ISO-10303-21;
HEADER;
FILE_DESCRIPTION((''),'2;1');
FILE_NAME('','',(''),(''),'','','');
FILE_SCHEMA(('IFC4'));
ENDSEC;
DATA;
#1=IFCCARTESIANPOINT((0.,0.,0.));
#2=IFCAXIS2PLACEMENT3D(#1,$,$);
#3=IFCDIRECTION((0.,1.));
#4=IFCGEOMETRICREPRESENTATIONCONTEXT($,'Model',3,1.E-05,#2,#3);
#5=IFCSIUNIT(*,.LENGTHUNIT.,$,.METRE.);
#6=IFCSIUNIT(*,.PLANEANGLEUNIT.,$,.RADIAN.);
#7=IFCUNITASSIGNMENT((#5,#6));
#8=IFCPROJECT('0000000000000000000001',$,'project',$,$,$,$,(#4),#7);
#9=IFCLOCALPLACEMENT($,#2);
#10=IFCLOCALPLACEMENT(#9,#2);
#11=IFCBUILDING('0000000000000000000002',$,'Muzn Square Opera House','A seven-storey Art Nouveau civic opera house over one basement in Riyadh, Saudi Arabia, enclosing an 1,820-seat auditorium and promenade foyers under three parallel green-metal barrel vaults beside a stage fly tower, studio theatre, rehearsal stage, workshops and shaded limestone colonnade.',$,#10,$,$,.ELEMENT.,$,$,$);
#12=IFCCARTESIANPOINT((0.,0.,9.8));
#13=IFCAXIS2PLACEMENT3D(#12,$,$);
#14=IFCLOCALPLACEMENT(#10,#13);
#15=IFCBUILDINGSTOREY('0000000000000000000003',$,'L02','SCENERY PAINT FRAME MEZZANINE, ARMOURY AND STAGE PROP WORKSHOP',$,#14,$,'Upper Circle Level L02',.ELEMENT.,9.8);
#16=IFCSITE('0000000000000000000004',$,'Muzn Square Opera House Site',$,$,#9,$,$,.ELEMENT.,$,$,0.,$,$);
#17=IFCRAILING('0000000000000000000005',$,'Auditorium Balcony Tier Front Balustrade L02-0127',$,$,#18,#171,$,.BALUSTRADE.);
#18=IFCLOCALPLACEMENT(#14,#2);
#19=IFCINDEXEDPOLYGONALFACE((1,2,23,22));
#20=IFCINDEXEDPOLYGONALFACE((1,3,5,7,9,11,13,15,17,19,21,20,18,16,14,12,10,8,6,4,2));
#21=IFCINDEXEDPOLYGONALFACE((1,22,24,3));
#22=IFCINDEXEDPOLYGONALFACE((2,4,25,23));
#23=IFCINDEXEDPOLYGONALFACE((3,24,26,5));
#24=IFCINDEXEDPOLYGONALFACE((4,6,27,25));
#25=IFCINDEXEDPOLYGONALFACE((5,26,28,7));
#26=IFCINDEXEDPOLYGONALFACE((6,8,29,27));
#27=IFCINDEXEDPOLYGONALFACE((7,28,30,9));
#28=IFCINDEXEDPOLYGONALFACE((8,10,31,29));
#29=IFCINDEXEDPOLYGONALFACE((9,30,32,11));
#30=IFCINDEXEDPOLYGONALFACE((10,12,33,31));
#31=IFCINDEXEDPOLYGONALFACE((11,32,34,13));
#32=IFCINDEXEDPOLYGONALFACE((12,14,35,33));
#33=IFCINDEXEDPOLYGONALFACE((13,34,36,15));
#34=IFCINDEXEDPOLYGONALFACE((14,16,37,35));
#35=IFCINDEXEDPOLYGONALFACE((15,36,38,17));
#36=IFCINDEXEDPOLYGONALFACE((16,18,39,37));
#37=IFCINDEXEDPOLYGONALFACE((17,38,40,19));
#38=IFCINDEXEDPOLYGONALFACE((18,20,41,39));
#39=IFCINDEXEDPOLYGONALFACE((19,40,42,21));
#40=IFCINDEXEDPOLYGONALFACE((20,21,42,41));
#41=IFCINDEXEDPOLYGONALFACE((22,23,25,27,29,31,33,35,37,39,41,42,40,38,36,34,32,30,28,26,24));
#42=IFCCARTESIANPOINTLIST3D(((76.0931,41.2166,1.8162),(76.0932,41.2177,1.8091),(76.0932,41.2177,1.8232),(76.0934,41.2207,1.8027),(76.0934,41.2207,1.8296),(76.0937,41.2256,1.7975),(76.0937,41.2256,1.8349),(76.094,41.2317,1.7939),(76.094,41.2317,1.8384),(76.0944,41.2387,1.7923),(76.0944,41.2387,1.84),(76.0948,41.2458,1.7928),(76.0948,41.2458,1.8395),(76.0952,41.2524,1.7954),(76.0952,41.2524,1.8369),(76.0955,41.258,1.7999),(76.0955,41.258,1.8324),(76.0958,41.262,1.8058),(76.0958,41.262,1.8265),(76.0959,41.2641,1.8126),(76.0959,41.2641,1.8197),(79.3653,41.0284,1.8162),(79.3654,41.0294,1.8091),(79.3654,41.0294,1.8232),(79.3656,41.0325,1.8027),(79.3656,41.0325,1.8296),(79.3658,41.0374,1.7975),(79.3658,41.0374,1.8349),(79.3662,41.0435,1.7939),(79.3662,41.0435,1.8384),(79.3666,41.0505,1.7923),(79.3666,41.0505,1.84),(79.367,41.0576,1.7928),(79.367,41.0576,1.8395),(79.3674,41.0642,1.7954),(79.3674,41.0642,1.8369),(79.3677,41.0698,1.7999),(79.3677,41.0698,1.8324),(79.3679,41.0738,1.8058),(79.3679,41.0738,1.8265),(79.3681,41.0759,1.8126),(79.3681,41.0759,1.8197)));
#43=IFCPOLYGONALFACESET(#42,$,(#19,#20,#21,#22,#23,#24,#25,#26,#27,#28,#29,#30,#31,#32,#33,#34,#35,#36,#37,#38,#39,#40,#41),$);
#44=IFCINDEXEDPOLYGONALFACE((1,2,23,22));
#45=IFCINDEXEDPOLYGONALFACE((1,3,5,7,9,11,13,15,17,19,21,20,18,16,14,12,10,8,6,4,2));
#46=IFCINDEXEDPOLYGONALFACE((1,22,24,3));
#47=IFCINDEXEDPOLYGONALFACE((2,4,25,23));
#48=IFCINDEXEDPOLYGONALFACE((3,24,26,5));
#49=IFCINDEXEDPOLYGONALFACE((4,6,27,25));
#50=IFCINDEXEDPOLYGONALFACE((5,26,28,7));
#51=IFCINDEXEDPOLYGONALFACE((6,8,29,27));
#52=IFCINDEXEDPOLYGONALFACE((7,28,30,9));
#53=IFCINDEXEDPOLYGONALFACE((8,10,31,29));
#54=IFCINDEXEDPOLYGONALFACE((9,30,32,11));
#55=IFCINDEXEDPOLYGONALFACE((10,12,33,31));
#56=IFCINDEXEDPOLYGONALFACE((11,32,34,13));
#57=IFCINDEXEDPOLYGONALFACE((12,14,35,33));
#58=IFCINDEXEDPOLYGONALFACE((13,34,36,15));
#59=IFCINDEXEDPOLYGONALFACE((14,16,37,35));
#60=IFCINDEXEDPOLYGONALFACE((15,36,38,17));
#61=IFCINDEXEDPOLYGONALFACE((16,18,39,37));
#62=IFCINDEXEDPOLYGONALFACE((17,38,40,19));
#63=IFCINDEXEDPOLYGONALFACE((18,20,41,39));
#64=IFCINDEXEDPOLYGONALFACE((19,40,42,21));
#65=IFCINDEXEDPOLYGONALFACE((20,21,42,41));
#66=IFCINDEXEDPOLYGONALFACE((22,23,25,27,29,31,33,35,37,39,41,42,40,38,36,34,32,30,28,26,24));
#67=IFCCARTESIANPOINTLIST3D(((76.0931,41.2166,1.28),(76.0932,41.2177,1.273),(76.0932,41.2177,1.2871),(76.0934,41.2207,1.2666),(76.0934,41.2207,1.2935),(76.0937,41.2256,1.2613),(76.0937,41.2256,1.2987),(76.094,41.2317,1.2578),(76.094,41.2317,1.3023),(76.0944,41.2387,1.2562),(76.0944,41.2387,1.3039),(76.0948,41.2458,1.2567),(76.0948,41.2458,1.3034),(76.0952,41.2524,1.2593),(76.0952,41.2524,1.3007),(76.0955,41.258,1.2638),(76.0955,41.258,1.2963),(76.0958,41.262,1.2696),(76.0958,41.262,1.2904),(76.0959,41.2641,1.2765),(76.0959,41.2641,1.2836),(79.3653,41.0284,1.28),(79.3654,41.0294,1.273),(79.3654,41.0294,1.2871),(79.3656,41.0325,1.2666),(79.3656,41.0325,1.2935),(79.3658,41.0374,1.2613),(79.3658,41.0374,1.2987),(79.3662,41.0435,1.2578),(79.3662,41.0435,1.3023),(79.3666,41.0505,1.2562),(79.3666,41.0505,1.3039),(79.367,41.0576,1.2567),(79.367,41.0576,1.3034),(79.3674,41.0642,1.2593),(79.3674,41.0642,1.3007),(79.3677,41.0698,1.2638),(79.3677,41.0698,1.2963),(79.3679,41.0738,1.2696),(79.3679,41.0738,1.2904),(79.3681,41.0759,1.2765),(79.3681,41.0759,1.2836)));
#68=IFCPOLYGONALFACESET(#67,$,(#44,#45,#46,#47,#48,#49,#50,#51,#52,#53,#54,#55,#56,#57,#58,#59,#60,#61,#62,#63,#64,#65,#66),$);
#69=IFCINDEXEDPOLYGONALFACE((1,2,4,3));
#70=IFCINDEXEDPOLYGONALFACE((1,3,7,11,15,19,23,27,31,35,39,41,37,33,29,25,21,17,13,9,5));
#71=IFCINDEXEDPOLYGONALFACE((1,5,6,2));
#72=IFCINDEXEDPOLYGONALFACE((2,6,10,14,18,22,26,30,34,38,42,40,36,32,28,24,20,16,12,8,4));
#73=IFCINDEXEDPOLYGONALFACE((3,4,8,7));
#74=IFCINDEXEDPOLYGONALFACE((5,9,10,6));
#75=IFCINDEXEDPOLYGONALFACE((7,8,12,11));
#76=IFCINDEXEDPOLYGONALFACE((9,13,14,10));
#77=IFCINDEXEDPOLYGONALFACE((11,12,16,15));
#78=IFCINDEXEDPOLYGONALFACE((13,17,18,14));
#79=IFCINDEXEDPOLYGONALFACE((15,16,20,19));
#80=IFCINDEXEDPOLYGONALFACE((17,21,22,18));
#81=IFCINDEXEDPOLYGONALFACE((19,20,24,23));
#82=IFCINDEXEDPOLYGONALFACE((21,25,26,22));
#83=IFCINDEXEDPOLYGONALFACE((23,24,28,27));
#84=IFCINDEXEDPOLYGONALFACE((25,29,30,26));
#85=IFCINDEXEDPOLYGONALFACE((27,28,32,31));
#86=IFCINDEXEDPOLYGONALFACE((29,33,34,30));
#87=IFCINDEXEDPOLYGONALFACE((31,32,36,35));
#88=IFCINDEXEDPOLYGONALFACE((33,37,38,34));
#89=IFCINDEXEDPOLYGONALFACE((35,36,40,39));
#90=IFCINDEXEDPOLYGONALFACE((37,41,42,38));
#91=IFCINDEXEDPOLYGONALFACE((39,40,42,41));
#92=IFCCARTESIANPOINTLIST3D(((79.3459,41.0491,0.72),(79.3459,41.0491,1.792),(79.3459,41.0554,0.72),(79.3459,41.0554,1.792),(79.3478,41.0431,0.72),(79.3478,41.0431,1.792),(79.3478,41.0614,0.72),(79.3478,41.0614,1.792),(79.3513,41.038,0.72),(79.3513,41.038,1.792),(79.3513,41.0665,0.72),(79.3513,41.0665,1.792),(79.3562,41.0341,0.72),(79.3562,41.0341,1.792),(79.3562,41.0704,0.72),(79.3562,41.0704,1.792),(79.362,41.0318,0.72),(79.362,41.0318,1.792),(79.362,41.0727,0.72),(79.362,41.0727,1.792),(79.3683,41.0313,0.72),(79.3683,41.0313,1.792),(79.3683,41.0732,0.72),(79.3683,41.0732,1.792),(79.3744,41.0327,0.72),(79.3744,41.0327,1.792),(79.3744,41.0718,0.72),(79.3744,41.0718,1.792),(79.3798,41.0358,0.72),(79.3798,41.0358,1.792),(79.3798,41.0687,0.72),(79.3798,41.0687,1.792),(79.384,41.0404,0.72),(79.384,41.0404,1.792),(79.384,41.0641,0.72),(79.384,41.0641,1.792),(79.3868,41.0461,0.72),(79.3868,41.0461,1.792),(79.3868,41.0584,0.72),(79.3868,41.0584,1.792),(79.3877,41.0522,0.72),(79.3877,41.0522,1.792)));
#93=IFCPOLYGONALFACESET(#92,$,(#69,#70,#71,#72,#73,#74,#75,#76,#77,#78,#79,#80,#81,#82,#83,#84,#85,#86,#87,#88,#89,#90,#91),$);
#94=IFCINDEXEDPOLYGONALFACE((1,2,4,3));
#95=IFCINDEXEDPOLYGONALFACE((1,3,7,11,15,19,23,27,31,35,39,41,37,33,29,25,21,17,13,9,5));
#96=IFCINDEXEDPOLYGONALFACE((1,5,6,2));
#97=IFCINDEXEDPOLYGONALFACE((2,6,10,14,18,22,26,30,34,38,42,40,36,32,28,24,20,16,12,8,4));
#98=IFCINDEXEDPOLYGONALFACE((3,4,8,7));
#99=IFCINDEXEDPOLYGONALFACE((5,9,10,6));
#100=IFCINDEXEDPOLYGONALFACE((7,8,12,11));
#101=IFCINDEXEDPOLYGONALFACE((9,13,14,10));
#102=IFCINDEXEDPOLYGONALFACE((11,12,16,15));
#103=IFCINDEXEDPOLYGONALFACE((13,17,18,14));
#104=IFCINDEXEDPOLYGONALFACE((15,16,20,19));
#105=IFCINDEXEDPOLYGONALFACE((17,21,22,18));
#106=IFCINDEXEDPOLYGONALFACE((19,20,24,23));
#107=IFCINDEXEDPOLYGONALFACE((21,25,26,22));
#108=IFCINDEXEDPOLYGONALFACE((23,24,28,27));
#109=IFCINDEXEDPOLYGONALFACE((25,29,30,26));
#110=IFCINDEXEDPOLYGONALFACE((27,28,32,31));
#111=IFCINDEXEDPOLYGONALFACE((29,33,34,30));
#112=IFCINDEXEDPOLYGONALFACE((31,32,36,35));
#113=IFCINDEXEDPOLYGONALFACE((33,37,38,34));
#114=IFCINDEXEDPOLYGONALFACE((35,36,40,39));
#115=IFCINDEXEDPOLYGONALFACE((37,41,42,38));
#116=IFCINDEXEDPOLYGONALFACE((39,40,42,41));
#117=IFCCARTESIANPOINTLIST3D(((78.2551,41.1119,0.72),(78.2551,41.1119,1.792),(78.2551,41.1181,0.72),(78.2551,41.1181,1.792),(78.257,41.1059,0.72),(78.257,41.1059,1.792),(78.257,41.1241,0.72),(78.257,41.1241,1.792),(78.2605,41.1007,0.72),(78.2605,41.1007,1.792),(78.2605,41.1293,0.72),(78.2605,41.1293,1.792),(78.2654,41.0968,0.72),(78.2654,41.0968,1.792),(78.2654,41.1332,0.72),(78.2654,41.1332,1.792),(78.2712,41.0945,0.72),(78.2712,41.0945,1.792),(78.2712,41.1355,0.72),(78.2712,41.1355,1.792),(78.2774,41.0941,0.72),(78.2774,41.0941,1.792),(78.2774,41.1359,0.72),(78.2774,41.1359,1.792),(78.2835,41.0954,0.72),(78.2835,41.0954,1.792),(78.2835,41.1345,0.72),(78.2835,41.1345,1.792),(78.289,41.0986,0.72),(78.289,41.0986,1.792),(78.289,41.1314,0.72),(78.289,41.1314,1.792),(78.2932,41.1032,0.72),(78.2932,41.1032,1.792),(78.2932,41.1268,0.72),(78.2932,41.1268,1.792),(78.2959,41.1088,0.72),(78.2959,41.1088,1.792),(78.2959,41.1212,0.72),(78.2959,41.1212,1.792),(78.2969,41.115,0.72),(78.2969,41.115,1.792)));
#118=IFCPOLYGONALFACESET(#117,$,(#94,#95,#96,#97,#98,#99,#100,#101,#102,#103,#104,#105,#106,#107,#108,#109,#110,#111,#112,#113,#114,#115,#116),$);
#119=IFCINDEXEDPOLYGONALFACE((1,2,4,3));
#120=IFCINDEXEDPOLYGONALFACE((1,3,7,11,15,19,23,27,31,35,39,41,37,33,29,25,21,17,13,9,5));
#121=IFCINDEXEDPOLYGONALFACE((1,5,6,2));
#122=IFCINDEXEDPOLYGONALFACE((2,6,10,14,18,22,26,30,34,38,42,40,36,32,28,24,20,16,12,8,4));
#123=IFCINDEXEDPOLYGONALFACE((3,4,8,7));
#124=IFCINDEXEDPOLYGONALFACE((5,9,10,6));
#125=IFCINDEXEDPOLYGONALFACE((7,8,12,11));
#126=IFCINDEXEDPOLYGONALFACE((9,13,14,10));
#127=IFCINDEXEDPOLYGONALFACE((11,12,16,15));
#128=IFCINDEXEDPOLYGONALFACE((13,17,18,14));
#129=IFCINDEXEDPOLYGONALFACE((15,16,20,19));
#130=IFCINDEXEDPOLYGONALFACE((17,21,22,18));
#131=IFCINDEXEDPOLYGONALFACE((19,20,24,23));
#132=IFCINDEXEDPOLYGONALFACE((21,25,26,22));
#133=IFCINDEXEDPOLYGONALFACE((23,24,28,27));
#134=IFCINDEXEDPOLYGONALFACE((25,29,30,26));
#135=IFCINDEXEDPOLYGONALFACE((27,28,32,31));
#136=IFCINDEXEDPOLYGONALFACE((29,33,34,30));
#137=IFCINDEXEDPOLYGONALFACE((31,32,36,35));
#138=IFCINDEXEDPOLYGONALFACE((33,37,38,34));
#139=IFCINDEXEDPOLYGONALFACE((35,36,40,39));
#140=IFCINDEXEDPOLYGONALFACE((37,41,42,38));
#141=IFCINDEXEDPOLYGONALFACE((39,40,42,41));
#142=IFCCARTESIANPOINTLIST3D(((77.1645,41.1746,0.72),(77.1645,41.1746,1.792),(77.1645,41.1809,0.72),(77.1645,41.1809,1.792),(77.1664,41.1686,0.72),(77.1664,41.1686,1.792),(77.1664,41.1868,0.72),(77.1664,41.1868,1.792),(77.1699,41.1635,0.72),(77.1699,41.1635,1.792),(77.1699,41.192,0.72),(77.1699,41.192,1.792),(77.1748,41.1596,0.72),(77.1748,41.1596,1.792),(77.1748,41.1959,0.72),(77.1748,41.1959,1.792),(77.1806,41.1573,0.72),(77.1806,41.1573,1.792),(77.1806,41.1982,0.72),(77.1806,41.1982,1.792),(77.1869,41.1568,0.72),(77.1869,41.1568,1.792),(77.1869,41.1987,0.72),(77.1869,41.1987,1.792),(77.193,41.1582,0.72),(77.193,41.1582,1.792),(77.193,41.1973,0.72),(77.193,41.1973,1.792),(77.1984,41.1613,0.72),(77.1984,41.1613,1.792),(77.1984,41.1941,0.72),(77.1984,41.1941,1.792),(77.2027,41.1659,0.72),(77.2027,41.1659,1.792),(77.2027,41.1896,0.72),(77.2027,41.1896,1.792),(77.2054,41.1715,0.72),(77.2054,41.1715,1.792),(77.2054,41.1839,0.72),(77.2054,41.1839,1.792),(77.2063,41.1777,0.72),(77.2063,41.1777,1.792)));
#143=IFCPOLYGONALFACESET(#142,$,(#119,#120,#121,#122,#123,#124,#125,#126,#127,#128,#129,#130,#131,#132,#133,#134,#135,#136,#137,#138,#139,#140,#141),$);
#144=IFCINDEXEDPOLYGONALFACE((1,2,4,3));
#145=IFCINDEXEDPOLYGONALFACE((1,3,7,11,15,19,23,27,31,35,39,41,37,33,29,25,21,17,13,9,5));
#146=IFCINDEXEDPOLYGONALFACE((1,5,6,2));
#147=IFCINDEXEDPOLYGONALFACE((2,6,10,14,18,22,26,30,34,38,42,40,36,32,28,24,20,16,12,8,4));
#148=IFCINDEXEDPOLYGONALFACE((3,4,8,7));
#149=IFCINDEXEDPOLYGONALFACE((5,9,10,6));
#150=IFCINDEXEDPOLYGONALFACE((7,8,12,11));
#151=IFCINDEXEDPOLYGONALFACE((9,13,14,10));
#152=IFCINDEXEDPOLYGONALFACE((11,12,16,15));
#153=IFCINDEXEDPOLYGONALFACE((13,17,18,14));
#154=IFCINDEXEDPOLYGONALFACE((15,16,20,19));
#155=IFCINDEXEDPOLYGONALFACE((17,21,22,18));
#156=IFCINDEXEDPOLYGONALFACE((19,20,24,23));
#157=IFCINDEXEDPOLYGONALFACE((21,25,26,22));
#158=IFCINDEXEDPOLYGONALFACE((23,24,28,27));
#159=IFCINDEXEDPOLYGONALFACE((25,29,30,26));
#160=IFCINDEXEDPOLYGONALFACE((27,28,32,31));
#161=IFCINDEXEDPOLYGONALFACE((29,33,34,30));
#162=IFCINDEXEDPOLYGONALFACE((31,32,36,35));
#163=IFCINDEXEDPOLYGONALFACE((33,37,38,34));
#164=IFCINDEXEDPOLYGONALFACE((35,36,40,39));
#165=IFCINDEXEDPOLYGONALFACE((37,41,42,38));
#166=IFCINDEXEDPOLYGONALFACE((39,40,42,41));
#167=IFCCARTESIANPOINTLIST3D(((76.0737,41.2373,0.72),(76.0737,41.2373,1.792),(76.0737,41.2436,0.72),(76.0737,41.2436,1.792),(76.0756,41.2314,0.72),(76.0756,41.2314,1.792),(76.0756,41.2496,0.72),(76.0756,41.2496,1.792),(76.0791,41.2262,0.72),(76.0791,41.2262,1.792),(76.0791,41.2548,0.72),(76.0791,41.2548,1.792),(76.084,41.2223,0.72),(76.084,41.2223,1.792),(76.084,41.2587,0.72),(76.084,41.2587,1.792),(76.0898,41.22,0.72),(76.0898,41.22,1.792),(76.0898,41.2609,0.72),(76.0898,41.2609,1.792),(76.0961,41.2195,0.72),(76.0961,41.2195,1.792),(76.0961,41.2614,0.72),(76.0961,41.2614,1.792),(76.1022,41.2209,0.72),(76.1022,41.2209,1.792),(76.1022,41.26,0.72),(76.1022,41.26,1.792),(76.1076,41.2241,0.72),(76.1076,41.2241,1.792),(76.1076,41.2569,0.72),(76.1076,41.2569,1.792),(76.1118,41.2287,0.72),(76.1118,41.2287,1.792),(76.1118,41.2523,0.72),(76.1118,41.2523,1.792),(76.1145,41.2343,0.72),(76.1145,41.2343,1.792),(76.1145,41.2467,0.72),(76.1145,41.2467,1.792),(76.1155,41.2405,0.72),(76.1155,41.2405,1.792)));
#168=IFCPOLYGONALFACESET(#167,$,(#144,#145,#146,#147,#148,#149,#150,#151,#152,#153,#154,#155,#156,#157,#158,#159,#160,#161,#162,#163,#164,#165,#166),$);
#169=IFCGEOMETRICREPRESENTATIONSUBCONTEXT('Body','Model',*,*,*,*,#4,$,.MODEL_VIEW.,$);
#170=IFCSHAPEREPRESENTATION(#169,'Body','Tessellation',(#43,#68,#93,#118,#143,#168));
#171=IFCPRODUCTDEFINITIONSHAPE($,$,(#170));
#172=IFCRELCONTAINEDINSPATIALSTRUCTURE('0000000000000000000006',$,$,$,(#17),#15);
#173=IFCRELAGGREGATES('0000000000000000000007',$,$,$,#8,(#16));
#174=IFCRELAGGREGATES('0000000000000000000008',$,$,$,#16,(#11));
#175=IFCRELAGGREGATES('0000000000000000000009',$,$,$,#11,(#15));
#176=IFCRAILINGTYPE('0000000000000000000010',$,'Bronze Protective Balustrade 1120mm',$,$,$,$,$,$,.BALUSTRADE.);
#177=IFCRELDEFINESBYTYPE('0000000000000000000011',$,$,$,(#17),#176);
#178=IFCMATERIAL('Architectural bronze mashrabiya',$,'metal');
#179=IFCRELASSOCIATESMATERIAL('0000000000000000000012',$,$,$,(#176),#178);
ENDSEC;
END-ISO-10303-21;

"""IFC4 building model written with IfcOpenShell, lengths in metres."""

from ifc_helpers import new_model, si_unit, direction, frame, origin, origin_2d, place, context, subcontext, project, spatial, circle, extrude, material, type_object, element, save


model = new_model("IFC4")

# Units and contexts
model_context = context("Model", 3, precision=1e-05, world=origin(), true_north=direction((0.0, 1.0)))
body_context = subcontext(model_context, "Body", "Model", "MODEL_VIEW")
ifc_project = project(units=[si_unit("LENGTHUNIT", "METRE"), si_unit("PLANEANGLEUNIT", "RADIAN")], contexts=[model_context])

# Site, building, storey
site_placement = place(None, origin())
site = spatial("IfcSite", under=ifc_project, at=site_placement, Name="Muzn Square Opera House Site", CompositionType="ELEMENT", RefElevation=0.0)
building_placement = place(site_placement, origin())
building = spatial("IfcBuilding", under=site, at=building_placement, Name="Muzn Square Opera House", Description="A seven-storey Art Nouveau civic opera house over one basement in Riyadh, Saudi Arabia, enclosing an 1,820-seat auditorium and promenade foyers under three parallel green-metal barrel vaults beside a stage fly tower, studio theatre, rehearsal stage, workshops and shaded limestone colonnade.", CompositionType="ELEMENT")
storey_placement = place(building_placement, frame((0.0, 0.0, 9.8)))
storey = spatial("IfcBuildingStorey", under=building, at=storey_placement, Name="L02", Description="SCENERY PAINT FRAME MEZZANINE, ARMOURY AND STAGE PROP WORKSHOP", LongName="Upper Circle Level L02", CompositionType="ELEMENT", Elevation=9.8)

# Railing
ifc_material_1 = material(Name="Architectural bronze mashrabiya", Category="metal")
railing_type = type_object("IfcRailingType", Name="Bronze Protective Balustrade 1120mm", PredefinedType="BALUSTRADE", material=ifc_material_1)
railing_1_placement = place(storey_placement, frame((79.3667, 41.0522, 0.72)))
element("IfcRailing", 1, at=railing_1_placement, inside=storey, type_object=railing_type, Name="Auditorium Balcony Tier Front Balustrade L02-0127", PredefinedType="BALUSTRADE", context=body_context, shape_type="SweptSolid", body=[
    extrude(circle(Radius=0.0239, at=origin_2d()), frame((0.0, 0.0, 1.0962), z_axis=(-0.99835, 0.057429, 0.0), x_axis=(-0.057429, -0.99835, 0.0)), (0.0, 0.0, 1.0), 3.2776),
    extrude(circle(Radius=0.0239, at=origin_2d()), frame((0.0, 0.0, 0.5601), z_axis=(-0.99835, 0.057429, 0.0), x_axis=(-0.057429, -0.99835, 0.0)), (0.0, 0.0, 1.0), 3.2776),
    extrude(circle(Radius=0.021, at=origin_2d()), origin(), (0.0, 0.0, 1.0), 1.072),
    extrude(circle(Radius=0.021, at=origin_2d()), frame((-1.0908, 0.0627, 0.0)), (0.0, 0.0, 1.0), 1.072),
    extrude(circle(Radius=0.021, at=origin_2d()), frame((-2.1814, 0.1255, 0.0)), (0.0, 0.0, 1.0), 1.072),
    extrude(circle(Radius=0.021, at=origin_2d()), frame((-3.2722, 0.1882, 0.0)), (0.0, 0.0, 1.0), 1.072),
])

save(model, "model.ifc")
